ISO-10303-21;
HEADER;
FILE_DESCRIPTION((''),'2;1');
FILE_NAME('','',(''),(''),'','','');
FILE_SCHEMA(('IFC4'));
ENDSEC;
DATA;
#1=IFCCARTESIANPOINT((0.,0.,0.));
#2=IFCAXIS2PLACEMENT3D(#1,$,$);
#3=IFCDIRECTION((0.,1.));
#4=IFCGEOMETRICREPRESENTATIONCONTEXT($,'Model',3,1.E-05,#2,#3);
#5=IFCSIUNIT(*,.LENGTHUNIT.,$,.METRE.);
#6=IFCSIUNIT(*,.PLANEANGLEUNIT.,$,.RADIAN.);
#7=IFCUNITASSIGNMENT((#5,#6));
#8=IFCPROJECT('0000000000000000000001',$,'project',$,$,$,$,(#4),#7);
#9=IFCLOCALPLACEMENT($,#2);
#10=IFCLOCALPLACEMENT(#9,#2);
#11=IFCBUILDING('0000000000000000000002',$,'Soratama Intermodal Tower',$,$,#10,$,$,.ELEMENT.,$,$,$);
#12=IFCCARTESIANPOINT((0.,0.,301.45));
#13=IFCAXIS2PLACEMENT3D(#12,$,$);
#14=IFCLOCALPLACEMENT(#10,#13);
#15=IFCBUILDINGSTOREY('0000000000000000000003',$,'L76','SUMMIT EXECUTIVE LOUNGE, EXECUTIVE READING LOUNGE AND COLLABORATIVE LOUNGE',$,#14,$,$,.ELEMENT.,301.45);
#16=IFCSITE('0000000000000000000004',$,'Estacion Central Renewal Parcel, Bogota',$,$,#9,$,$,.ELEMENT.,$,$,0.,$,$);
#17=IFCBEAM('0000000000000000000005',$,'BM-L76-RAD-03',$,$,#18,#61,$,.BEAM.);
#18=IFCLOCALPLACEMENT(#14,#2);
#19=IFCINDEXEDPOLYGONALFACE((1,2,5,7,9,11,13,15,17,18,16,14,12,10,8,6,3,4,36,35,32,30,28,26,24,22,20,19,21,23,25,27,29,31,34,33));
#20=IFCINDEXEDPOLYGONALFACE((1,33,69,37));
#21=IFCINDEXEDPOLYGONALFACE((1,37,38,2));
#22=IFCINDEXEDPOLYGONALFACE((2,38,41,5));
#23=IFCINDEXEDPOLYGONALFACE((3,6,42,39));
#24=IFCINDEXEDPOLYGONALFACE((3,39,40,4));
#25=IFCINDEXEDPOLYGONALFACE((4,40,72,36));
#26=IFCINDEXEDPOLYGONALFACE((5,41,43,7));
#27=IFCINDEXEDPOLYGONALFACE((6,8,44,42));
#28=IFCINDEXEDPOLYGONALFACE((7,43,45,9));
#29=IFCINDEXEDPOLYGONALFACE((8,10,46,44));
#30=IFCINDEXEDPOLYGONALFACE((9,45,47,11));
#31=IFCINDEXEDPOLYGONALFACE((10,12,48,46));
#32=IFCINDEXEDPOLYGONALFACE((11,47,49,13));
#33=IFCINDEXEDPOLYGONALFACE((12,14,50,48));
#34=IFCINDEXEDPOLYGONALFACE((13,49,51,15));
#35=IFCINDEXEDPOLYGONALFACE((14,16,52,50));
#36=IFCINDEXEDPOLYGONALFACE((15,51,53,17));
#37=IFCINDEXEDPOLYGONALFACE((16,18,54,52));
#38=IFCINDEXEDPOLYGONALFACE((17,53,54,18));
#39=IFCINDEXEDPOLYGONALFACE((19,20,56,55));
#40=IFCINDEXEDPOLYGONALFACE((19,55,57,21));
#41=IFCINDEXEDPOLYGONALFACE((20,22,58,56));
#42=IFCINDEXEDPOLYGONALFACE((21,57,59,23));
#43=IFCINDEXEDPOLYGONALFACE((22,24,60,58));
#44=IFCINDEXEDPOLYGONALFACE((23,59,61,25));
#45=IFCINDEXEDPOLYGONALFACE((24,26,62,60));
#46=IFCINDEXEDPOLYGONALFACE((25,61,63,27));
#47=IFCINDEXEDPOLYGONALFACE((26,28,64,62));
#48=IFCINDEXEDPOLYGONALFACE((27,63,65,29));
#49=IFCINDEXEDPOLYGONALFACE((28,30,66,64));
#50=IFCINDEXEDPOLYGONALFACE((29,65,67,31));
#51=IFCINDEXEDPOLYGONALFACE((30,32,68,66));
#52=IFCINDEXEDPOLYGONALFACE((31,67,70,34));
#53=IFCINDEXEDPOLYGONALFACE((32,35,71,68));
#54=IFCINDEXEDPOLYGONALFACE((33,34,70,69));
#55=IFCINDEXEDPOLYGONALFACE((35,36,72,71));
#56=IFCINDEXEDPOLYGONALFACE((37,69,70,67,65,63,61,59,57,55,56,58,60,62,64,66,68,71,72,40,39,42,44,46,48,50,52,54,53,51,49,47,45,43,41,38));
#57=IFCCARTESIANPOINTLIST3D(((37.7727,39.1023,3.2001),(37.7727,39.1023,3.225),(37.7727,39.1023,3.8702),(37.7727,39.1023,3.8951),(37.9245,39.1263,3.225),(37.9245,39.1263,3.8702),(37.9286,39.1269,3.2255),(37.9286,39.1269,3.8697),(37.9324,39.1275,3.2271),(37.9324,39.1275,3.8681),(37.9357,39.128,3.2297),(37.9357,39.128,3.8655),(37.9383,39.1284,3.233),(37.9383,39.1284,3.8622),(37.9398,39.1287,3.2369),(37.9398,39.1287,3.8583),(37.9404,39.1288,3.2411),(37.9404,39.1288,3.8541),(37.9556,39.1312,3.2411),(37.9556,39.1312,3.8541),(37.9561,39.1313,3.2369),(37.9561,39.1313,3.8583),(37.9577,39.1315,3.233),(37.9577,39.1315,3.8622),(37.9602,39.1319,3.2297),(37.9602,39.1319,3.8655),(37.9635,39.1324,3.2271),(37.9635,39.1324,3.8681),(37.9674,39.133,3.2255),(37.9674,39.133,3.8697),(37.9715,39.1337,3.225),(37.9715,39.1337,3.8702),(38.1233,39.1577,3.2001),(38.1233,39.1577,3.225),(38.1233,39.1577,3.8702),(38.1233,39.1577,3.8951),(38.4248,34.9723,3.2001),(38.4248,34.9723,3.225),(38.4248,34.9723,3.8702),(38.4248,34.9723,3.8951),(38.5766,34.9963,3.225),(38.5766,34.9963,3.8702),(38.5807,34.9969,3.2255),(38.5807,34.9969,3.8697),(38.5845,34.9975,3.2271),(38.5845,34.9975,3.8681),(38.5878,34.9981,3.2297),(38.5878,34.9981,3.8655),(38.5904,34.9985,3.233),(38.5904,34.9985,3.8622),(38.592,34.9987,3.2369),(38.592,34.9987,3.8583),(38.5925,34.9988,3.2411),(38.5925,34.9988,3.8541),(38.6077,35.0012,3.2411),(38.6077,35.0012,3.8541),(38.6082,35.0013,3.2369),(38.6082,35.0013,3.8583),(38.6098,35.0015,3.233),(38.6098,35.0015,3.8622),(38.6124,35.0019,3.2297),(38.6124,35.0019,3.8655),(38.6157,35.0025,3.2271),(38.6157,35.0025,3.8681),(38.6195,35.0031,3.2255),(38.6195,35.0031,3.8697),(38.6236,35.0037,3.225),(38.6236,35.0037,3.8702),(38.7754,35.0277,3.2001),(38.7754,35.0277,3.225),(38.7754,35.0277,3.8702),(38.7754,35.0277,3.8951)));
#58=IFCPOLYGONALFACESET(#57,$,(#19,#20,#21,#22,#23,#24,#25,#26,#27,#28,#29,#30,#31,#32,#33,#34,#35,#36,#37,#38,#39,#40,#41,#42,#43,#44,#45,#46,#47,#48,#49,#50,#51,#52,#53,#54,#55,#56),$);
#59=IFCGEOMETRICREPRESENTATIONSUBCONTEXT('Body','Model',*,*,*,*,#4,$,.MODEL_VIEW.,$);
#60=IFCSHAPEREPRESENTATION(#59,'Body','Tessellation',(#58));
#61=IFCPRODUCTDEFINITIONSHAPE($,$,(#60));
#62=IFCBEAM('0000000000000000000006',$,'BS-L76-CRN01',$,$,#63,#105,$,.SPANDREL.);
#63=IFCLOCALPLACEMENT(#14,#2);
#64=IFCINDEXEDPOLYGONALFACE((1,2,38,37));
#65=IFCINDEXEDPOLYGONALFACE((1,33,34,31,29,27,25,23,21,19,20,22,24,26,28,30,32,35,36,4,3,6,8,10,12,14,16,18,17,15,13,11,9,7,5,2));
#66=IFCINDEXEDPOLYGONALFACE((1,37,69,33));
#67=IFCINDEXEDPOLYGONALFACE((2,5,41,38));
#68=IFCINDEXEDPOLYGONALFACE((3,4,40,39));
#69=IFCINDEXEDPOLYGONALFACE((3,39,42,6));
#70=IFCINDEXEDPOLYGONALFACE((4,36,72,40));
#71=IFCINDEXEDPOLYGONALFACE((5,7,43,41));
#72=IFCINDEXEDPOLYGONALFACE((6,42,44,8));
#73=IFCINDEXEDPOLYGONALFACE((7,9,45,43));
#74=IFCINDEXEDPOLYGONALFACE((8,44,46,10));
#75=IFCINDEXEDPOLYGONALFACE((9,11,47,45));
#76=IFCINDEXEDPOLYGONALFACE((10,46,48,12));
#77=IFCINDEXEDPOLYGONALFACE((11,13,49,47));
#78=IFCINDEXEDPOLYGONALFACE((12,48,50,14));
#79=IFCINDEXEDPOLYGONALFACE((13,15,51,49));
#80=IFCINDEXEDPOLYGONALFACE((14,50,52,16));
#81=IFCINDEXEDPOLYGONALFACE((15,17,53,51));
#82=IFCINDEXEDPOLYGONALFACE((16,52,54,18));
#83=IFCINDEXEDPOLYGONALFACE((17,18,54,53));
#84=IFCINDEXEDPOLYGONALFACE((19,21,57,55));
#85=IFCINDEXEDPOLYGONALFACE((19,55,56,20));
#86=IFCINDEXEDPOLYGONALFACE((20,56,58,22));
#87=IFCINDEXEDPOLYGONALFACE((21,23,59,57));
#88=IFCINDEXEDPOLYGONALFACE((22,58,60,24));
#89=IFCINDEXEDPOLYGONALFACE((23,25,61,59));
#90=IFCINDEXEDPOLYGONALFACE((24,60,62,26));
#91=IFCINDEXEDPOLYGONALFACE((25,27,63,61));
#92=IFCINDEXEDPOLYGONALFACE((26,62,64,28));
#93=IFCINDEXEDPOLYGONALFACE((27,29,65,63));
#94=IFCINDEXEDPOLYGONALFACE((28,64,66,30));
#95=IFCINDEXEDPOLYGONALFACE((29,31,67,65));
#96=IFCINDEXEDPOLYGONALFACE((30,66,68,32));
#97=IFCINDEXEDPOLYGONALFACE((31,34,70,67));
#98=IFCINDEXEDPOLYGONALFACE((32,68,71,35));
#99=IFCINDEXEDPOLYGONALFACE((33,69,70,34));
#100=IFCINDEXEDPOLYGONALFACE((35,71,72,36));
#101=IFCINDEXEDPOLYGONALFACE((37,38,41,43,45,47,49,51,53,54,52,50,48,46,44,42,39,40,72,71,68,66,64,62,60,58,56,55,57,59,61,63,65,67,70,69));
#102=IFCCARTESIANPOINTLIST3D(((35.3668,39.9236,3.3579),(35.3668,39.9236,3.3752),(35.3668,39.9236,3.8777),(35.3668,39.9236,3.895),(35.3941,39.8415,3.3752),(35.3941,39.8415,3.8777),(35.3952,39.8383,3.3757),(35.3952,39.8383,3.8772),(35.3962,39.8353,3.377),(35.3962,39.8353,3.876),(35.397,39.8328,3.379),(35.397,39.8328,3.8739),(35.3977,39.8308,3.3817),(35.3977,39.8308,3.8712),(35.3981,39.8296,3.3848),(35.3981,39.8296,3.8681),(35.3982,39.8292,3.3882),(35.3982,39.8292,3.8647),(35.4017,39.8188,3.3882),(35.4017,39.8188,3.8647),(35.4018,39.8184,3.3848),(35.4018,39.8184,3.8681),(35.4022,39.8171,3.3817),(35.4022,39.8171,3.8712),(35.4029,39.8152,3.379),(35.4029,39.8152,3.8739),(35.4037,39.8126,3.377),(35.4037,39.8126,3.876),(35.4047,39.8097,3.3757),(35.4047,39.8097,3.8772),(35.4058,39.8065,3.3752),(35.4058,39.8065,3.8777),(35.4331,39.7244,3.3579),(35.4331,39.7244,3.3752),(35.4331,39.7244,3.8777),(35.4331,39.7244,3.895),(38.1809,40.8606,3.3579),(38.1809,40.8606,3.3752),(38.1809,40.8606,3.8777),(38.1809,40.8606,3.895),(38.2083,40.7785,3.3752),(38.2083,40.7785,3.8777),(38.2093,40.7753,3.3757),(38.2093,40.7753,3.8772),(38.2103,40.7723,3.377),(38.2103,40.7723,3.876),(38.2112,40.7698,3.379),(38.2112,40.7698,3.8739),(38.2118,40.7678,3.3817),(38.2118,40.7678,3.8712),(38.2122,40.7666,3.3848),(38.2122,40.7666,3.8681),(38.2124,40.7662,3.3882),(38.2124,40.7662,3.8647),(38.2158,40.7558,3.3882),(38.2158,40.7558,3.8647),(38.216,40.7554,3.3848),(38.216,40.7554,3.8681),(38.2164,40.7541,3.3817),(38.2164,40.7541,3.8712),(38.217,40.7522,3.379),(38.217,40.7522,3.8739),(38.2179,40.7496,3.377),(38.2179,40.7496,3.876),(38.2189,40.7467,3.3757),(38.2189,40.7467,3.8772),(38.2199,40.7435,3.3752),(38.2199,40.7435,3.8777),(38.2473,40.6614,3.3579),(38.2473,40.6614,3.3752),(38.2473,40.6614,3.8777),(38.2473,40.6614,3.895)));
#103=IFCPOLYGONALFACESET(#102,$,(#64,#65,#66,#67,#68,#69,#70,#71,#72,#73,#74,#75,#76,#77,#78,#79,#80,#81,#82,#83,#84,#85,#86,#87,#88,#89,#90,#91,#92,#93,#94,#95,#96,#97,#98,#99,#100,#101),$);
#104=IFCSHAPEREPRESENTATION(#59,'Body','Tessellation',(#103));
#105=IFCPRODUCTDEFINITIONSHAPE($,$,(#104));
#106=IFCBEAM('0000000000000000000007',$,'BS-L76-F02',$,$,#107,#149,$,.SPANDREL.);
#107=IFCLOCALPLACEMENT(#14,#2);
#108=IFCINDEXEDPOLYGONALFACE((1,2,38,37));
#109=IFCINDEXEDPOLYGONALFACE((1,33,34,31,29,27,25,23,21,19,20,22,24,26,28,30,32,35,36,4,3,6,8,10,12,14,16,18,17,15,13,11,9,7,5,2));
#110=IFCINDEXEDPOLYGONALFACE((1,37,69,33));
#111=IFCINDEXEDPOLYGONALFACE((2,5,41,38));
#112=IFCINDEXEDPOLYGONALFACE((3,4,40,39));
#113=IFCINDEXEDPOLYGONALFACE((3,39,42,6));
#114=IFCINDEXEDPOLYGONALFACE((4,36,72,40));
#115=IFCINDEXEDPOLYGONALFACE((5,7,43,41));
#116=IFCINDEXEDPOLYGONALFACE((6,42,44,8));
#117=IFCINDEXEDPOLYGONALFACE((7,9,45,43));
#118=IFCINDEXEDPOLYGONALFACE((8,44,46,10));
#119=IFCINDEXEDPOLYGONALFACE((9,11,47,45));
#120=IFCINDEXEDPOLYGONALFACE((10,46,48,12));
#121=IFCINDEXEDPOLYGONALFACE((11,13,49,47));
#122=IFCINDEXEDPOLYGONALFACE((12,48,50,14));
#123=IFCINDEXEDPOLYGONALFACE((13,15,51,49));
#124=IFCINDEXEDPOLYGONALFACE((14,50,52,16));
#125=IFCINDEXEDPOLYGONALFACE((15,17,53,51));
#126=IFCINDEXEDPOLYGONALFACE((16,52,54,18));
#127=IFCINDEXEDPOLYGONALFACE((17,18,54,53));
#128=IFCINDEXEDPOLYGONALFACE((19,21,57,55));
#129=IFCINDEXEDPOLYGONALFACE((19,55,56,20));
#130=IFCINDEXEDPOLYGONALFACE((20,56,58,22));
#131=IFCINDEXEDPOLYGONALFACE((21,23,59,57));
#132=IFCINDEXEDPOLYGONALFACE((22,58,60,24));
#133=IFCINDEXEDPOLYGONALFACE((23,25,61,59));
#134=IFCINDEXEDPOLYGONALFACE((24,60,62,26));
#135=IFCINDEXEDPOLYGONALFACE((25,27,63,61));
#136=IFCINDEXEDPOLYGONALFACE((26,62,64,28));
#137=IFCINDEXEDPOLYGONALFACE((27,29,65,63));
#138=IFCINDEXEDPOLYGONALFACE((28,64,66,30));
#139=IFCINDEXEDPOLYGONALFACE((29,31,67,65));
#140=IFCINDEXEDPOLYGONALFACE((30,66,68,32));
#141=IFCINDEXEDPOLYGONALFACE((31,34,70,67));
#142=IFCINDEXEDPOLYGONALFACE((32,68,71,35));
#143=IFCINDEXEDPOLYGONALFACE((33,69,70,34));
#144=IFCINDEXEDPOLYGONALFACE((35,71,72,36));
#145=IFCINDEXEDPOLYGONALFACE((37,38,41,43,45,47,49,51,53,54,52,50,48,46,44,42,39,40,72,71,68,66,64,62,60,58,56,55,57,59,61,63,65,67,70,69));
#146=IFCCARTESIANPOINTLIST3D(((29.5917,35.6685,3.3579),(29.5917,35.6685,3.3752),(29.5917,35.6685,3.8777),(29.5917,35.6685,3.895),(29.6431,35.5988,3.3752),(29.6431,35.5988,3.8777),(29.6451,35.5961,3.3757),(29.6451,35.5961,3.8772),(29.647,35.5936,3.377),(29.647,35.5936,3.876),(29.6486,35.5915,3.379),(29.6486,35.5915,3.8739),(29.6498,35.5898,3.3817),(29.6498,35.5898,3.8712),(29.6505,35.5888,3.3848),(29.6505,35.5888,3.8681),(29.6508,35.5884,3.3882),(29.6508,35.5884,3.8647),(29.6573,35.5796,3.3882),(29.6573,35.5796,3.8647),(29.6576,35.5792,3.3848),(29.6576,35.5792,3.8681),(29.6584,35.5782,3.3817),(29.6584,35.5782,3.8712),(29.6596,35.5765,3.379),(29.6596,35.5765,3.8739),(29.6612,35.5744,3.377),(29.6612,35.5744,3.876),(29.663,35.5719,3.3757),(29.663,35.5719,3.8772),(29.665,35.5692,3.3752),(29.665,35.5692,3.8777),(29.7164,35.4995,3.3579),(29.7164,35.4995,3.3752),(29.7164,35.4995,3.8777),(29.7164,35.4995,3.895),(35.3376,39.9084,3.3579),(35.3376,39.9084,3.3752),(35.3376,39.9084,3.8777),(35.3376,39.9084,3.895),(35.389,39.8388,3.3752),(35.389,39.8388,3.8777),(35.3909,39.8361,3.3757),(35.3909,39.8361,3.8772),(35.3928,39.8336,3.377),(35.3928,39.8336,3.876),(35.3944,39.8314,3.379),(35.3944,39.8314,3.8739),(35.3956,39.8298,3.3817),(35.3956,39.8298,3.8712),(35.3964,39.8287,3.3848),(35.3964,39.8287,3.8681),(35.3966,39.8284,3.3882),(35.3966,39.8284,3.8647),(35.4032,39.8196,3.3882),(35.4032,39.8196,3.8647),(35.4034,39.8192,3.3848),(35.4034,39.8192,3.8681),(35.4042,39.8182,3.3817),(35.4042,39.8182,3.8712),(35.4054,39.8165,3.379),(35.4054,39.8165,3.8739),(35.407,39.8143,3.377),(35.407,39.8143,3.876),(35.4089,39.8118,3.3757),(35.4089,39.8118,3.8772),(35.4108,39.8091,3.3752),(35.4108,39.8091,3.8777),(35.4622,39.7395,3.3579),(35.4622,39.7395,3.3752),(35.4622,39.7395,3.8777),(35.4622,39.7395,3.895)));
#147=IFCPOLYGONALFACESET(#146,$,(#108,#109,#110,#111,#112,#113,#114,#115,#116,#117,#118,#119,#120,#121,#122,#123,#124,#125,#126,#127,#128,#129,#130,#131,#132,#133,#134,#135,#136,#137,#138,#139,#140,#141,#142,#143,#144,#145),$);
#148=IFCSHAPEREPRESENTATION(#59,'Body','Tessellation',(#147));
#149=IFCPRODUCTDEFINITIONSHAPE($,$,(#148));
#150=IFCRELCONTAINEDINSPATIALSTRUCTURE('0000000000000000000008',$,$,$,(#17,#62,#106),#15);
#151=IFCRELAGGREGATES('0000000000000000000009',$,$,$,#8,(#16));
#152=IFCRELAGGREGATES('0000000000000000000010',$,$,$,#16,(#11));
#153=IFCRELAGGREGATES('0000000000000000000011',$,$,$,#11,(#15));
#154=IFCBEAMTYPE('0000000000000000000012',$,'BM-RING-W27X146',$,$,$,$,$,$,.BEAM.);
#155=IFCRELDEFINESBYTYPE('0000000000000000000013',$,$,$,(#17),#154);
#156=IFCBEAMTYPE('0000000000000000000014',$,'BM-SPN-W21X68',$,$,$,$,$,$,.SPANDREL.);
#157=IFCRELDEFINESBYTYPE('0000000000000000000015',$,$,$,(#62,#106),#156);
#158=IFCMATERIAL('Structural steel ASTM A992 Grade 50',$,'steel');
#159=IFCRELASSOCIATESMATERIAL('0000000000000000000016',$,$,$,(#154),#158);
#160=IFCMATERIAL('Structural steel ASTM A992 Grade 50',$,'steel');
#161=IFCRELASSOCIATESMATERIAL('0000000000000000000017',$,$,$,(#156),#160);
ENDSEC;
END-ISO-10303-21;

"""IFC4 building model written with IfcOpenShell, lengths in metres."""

from ifc_helpers import new_model, si_unit, direction, frame, origin, origin_2d, place, context, subcontext, project, spatial, i_section, extrude, material, material_profile, profile_set, type_object, element, save


model = new_model("IFC4")

# Units and contexts
model_context = context("Model", 3, precision=1e-05, world=origin(), true_north=direction((0.0, 1.0)))
body_context = subcontext(model_context, "Body", "Model", "MODEL_VIEW")
ifc_project = project(units=[si_unit("LENGTHUNIT", "METRE"), si_unit("PLANEANGLEUNIT", "RADIAN")], contexts=[model_context])

# Site, building, storey
site_placement = place(None, origin())
site = spatial("IfcSite", under=ifc_project, at=site_placement, Name="Estacion Central Renewal Parcel, Bogota", CompositionType="ELEMENT", RefElevation=0.0)
building_placement = place(site_placement, origin())
building = spatial("IfcBuilding", under=site, at=building_placement, Name="Soratama Intermodal Tower", CompositionType="ELEMENT")
storey_placement = place(building_placement, frame((0.0, 0.0, 301.45)))
storey = spatial("IfcBuildingStorey", under=building, at=storey_placement, Name="L76", Description="SUMMIT EXECUTIVE LOUNGE, EXECUTIVE READING LOUNGE AND COLLABORATIVE LOUNGE", CompositionType="ELEMENT", Elevation=301.45)

# Beams
ifc_material_1 = material(Name="Structural steel ASTM A992 Grade 50", Category="steel")
ifc_material_profile_1 = material_profile(ifc_material_1, i_section(OverallWidth=0.355, OverallDepth=0.6951, WebThickness=0.0154, FlangeThickness=0.0249, FilletRadius=0.0161, at=origin_2d()), Name="W27X146")
ifc_profile_set_1 = profile_set([ifc_material_profile_1], Name="Structural steel ASTM A992 Grade 50")
beam_type_1 = type_object("IfcBeamType", Name="BM-RING-W27X146", PredefinedType="BEAM", material=ifc_profile_set_1)
beam_1_placement = place(storey_placement, frame((38.6001, 35.0, 3.5476), z_axis=(-0.155966, 0.987762, 0.0), x_axis=(-0.987762, -0.155966, 0.0)))
element("IfcBeam", 1, at=beam_1_placement, inside=storey, type_object=beam_type_1, Name="BM-L76-RAD-03", PredefinedType="BEAM", context=body_context, shape_type="SweptSolid", body=[
    extrude(i_section(OverallWidth=0.355, OverallDepth=0.6951, WebThickness=0.0154, FlangeThickness=0.0249, FilletRadius=0.0161, at=origin_2d()), origin(), (0.0, 0.0, 1.0), 4.1812),
])
ifc_material_2 = material(Name="Structural steel ASTM A992 Grade 50", Category="steel")
ifc_material_profile_2 = material_profile(ifc_material_2, i_section(OverallWidth=0.21, OverallDepth=0.5371, WebThickness=0.011, FlangeThickness=0.0173, FilletRadius=0.0129, at=origin_2d()), Name="W21X68")
ifc_profile_set_2 = profile_set([ifc_material_profile_2], Name="Structural steel ASTM A992 Grade 50")
beam_type_2 = type_object("IfcBeamType", Name="BM-SPN-W21X68", PredefinedType="SPANDREL", material=ifc_profile_set_2)
beam_2_placement = place(storey_placement, frame((38.2141, 40.761, 3.6265), z_axis=(-0.94879, -0.315907, 0.0), x_axis=(0.315907, -0.94879, 0.0)))
element("IfcBeam", 2, at=beam_2_placement, inside=storey, type_object=beam_type_2, Name="BS-L76-CRN01", PredefinedType="SPANDREL", context=body_context, shape_type="SweptSolid", body=[
    extrude(i_section(OverallWidth=0.21, OverallDepth=0.5371, WebThickness=0.011, FlangeThickness=0.0173, FilletRadius=0.0129, at=origin_2d()), origin(), (0.0, 0.0, 1.0), 2.9661),
])
beam_3_placement = place(storey_placement, frame((35.3999, 39.824, 3.6265), z_axis=(-0.804641, -0.593762, 0.0), x_axis=(0.593762, -0.804641, 0.0)))
element("IfcBeam", 3, at=beam_3_placement, inside=storey, type_object=beam_type_2, Name="BS-L76-F02", PredefinedType="SPANDREL", context=body_context, shape_type="SweptSolid", body=[
    extrude(i_section(OverallWidth=0.21, OverallDepth=0.5371, WebThickness=0.011, FlangeThickness=0.0173, FilletRadius=0.0129, at=origin_2d()), origin(), (0.0, 0.0, 1.0), 7.1409),
])

save(model, "model.ifc")
